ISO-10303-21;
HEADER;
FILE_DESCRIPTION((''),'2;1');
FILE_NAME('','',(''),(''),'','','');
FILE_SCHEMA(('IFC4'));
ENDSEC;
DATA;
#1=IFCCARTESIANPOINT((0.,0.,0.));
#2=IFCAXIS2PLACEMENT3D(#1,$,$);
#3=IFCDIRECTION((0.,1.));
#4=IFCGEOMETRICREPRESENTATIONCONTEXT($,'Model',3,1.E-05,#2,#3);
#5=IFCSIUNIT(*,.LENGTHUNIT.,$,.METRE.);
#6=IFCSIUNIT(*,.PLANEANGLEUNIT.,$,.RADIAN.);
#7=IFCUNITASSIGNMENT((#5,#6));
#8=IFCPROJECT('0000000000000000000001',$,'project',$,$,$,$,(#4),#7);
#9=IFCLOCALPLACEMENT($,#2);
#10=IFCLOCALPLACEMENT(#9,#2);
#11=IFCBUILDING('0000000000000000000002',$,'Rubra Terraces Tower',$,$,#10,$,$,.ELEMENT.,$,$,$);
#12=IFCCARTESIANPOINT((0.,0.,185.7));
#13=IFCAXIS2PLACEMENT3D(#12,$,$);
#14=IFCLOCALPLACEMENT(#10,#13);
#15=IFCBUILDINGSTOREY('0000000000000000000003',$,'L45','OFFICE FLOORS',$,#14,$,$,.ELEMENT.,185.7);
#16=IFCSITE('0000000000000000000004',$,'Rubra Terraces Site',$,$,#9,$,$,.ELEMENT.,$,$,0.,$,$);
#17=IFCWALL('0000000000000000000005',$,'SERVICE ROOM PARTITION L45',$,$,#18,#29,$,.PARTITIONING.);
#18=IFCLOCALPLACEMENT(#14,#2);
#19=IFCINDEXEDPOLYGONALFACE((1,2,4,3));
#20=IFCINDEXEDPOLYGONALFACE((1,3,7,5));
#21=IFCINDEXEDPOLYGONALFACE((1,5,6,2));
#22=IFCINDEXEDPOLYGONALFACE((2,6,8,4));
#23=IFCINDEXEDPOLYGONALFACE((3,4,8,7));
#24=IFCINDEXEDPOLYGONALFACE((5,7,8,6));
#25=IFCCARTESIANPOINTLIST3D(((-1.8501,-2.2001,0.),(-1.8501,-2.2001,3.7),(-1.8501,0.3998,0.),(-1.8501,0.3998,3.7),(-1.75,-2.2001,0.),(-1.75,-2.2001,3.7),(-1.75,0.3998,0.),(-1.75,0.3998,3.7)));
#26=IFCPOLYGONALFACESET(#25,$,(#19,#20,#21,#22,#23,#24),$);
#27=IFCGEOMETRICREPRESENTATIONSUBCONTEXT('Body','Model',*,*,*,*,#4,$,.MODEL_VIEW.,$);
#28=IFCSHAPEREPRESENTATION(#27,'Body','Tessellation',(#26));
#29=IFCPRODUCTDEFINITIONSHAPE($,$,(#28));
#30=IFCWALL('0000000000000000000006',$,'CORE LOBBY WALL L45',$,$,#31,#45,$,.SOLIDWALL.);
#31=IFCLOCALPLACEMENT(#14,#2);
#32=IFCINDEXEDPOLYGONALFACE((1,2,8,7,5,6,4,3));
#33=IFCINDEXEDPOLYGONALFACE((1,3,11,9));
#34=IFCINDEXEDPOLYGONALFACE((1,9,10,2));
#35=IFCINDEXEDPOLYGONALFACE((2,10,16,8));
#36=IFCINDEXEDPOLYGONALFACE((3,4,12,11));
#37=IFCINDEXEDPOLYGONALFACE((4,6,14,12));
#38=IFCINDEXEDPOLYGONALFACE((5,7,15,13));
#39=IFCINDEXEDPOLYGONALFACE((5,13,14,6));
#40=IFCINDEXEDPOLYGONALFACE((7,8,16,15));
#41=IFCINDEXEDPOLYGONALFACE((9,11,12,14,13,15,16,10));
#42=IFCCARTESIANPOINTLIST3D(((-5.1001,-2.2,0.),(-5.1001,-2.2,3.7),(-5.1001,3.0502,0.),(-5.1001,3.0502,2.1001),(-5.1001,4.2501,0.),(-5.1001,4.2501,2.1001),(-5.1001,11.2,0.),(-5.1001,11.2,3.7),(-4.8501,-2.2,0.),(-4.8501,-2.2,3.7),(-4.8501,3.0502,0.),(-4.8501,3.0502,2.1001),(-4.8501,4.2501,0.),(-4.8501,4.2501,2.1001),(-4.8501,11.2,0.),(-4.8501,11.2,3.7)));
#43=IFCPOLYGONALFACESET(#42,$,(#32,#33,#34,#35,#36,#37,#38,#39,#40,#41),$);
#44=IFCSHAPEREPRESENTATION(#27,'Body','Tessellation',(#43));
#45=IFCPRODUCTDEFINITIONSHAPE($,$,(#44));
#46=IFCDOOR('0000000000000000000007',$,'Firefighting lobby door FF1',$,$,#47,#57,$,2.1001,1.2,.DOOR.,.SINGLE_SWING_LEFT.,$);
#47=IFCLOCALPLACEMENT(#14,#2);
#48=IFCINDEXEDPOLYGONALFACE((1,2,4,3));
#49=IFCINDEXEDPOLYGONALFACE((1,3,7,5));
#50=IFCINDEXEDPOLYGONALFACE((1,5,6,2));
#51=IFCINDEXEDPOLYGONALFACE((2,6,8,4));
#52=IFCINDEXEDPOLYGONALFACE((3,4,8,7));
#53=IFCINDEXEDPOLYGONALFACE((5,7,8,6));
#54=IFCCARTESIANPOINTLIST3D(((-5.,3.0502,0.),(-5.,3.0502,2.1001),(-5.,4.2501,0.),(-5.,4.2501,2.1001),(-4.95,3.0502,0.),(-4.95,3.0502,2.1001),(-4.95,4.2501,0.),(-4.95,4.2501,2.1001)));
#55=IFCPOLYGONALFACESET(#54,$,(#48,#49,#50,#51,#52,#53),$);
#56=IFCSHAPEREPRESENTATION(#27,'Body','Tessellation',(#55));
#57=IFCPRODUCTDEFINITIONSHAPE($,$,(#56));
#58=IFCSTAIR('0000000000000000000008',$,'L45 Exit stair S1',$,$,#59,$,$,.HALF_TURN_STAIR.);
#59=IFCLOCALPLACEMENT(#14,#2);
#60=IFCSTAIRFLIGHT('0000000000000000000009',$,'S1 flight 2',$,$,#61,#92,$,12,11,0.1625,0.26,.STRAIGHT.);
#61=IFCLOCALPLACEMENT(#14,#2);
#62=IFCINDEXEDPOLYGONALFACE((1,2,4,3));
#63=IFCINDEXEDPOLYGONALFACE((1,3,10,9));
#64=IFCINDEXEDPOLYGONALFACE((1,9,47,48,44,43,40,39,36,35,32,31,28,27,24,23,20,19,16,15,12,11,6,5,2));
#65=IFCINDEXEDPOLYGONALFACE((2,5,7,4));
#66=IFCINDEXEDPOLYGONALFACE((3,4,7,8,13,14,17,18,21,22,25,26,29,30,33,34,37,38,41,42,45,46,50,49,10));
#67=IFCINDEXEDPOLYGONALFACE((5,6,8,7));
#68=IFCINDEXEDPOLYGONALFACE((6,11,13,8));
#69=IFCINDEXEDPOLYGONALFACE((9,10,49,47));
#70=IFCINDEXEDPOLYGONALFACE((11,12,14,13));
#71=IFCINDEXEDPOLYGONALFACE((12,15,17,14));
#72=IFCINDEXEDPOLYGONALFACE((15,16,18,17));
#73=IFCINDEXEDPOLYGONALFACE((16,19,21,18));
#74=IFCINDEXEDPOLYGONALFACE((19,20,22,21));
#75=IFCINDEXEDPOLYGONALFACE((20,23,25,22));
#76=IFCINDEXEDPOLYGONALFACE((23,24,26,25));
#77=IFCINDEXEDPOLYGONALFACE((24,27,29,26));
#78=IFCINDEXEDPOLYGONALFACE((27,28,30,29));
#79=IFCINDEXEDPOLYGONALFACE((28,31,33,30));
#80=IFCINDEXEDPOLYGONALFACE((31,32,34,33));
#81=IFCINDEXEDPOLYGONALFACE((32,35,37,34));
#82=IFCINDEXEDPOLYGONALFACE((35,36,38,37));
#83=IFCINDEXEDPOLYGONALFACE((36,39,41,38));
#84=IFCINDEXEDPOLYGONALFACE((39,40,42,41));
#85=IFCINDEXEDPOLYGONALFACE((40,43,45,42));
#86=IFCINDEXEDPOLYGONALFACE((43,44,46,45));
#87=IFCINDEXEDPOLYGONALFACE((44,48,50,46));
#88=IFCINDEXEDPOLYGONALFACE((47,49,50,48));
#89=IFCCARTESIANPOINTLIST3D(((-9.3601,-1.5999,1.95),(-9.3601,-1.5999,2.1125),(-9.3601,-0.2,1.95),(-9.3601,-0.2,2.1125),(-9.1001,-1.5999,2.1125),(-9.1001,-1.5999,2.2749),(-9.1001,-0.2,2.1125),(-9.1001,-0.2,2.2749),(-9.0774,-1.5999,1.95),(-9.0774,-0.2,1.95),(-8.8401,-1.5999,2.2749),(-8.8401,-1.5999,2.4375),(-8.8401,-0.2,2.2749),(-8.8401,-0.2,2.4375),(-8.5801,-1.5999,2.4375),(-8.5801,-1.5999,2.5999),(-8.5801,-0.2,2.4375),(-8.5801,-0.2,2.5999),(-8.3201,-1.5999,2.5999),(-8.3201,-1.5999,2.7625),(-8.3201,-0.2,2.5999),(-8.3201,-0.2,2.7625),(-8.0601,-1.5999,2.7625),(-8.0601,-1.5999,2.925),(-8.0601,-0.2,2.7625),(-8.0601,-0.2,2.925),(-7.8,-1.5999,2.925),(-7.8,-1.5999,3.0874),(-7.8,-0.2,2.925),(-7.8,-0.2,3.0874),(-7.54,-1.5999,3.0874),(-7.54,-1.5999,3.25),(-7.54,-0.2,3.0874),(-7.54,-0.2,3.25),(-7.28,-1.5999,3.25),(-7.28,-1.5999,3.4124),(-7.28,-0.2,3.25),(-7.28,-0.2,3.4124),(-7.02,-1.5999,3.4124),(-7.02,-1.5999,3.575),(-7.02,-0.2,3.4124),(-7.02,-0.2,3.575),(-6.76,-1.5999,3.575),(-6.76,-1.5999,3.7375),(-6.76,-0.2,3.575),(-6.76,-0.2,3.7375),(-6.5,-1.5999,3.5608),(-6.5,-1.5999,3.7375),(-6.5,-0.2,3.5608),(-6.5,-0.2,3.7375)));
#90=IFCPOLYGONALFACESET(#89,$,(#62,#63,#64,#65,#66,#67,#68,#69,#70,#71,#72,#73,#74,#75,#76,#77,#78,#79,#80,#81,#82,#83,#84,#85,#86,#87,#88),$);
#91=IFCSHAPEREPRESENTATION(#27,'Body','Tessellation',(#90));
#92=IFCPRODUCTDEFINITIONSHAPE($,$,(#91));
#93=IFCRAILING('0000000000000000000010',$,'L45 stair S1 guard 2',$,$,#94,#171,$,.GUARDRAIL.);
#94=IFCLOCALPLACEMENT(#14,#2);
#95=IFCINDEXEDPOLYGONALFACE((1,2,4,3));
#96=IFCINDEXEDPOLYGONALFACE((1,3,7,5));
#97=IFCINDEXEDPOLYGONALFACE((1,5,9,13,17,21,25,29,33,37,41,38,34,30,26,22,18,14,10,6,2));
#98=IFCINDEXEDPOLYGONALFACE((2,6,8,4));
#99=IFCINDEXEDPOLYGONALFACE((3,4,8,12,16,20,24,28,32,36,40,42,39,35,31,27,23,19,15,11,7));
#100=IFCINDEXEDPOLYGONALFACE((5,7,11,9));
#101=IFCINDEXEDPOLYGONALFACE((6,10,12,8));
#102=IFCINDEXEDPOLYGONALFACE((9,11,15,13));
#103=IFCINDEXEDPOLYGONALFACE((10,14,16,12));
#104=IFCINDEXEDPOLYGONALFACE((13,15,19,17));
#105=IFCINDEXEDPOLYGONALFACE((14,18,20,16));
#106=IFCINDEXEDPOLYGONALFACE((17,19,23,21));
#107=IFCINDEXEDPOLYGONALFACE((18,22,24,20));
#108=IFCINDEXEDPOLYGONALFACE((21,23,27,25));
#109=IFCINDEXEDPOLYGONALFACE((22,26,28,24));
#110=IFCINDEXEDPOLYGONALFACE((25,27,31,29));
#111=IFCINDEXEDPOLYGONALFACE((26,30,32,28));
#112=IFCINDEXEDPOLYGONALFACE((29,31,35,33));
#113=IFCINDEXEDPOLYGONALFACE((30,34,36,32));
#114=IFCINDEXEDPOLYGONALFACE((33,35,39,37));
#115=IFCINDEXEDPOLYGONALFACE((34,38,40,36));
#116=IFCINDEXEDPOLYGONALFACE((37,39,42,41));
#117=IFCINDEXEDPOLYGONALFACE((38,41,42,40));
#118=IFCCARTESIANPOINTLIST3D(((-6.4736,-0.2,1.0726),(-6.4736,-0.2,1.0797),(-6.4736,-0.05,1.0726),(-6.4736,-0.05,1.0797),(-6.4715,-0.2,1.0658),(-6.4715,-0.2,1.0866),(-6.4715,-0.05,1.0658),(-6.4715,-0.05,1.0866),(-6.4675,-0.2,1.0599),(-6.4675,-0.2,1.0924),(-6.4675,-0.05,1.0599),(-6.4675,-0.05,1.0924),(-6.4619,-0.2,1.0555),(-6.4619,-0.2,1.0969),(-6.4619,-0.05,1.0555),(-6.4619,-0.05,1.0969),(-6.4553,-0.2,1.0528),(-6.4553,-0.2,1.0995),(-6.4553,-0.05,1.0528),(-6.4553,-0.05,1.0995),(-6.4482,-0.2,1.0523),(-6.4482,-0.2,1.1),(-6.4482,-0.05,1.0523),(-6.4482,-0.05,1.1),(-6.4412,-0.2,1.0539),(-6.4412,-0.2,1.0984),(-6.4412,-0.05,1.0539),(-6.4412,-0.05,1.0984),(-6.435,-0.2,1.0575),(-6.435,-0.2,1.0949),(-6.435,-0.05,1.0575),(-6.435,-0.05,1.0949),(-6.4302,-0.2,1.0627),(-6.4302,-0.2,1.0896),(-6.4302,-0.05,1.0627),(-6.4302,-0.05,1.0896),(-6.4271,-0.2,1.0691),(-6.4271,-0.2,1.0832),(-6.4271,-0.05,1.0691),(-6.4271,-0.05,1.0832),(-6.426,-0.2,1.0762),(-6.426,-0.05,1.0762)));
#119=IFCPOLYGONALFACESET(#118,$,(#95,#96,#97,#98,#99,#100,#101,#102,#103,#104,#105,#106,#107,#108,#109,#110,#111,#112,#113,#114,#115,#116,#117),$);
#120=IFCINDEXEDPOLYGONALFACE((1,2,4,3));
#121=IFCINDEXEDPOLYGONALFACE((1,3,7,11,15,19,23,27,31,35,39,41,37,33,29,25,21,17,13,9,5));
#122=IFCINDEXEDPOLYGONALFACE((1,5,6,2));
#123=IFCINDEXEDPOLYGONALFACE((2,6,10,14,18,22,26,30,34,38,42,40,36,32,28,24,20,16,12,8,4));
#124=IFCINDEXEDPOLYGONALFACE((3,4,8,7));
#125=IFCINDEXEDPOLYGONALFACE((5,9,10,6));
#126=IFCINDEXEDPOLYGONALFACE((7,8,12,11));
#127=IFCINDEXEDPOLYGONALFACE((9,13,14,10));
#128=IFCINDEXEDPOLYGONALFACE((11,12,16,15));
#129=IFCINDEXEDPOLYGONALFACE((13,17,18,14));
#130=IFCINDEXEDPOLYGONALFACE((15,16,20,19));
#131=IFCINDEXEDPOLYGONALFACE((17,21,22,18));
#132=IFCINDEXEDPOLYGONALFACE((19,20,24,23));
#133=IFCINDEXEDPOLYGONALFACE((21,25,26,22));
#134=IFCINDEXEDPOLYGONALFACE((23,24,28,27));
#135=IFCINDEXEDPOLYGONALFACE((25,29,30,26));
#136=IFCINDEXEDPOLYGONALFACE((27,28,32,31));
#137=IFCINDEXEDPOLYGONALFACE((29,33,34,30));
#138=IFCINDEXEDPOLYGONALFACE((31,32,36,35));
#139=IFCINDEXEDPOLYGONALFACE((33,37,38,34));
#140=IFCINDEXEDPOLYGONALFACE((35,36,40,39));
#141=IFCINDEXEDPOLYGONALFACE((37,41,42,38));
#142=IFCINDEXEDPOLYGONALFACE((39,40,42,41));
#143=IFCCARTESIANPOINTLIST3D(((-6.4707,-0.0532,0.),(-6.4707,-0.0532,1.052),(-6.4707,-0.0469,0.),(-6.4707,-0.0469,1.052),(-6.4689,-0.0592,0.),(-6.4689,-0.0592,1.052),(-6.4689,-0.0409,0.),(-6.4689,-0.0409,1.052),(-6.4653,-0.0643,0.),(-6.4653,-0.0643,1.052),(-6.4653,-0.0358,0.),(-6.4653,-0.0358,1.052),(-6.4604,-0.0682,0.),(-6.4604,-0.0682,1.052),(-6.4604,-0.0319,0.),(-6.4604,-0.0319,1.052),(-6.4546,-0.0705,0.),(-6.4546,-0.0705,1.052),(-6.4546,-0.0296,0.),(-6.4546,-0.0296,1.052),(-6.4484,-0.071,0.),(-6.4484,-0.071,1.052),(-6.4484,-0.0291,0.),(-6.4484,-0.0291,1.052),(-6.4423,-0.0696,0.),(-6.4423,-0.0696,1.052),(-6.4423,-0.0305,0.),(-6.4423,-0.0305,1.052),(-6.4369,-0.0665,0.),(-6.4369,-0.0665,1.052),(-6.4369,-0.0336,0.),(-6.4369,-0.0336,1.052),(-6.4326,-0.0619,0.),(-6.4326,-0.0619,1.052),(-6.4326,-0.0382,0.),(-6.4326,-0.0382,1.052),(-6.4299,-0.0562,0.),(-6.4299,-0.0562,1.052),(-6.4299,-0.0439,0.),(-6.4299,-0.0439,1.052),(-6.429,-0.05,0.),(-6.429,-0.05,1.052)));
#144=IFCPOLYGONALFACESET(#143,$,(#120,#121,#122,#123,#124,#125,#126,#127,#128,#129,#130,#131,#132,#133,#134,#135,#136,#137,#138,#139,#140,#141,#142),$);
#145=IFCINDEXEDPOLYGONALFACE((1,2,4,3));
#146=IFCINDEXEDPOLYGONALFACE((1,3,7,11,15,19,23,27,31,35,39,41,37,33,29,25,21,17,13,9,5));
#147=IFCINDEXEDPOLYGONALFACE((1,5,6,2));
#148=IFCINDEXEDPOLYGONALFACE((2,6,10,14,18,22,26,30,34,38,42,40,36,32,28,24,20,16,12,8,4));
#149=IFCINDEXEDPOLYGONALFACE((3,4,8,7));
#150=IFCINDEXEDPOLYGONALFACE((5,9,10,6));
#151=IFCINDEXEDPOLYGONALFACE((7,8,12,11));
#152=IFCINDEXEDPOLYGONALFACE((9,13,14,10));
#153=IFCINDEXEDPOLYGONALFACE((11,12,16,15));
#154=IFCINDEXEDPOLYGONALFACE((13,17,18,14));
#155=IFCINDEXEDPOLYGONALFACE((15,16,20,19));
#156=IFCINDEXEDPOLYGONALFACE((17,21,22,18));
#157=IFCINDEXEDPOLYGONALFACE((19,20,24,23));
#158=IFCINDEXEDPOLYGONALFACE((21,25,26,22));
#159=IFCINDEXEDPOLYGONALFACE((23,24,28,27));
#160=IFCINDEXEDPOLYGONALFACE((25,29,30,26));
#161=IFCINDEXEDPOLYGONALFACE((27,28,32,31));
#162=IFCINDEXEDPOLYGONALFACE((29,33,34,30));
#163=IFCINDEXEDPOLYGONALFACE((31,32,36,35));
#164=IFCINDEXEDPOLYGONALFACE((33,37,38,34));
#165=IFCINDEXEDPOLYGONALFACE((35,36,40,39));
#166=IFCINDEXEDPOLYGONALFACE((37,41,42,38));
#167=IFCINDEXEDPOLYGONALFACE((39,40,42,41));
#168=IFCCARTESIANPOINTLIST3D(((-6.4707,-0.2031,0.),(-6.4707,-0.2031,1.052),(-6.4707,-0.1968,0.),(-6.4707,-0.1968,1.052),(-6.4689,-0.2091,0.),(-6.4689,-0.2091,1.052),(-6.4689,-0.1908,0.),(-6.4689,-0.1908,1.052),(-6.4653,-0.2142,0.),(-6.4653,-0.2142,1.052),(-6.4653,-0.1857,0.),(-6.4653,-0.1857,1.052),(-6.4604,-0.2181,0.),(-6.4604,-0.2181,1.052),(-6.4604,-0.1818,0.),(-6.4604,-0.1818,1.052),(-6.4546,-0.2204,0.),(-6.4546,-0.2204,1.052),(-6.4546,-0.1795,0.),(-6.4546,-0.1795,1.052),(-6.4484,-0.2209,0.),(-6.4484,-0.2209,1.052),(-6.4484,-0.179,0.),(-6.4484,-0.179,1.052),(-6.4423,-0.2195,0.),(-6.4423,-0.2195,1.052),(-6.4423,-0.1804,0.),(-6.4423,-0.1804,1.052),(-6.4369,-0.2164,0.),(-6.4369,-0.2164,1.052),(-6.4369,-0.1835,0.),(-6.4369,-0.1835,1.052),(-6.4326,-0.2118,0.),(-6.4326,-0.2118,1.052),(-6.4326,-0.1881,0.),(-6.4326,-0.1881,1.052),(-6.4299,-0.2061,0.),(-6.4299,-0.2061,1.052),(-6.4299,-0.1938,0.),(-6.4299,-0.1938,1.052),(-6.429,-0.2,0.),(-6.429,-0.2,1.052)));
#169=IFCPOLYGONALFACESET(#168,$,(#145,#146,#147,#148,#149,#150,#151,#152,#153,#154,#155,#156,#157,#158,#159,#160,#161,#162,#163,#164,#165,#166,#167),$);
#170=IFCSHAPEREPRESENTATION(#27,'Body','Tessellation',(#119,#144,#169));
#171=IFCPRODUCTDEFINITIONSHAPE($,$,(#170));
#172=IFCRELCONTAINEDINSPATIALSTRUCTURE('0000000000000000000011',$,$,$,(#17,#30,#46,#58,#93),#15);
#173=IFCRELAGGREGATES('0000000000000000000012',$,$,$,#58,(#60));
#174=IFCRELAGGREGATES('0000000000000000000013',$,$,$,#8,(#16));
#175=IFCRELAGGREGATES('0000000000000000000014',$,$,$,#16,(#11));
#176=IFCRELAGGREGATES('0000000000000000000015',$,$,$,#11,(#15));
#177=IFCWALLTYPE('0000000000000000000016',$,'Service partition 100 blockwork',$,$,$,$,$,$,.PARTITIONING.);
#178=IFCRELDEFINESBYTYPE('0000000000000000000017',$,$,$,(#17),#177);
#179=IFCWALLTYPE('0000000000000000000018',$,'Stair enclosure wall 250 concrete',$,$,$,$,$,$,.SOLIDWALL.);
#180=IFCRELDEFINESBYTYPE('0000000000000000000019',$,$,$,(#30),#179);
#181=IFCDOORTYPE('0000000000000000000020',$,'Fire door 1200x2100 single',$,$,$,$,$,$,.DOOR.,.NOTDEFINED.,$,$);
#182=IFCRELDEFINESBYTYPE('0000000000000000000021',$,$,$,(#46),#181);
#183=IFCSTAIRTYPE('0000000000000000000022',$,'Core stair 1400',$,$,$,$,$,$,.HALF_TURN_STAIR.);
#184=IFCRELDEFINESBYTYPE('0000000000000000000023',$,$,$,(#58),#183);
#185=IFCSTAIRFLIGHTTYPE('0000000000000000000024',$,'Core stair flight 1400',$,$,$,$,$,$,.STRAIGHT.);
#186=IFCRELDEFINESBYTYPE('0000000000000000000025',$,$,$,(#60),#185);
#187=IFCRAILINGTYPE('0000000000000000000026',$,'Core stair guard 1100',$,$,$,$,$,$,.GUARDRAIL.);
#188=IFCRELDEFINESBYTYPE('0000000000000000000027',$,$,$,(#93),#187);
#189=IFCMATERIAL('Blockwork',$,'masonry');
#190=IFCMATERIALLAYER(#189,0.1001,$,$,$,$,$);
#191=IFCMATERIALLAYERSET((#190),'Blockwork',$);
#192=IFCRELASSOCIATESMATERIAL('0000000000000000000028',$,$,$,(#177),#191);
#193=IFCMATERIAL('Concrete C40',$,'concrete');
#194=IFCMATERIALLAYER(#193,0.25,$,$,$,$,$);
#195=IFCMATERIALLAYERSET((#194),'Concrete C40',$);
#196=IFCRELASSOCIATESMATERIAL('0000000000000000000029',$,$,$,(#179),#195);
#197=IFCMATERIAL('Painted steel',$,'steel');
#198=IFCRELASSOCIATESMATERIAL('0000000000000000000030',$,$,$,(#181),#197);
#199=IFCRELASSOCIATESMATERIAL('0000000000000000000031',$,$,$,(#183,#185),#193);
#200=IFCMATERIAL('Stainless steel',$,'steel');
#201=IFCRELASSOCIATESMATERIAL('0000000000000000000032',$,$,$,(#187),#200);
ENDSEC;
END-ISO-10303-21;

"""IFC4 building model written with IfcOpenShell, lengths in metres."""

from ifc_helpers import new_model, si_unit, direction, frame, frame_2d, origin, origin_2d, place, context, subcontext, project, spatial, polyline, rectangle, circle, outline, extrude, material, layer, layer_set, type_object, element, fill, aggregate, save


model = new_model("IFC4")

# Units and contexts
model_context = context("Model", 3, precision=1e-05, world=origin(), true_north=direction((0.0, 1.0)))
body_context = subcontext(model_context, "Body", "Model", "MODEL_VIEW")
ifc_project = project(units=[si_unit("LENGTHUNIT", "METRE"), si_unit("PLANEANGLEUNIT", "RADIAN")], contexts=[model_context])

# Site, building, storey
site_placement = place(None, origin())
site = spatial("IfcSite", under=ifc_project, at=site_placement, Name="Rubra Terraces Site", CompositionType="ELEMENT", RefElevation=0.0)
building_placement = place(site_placement, origin())
building = spatial("IfcBuilding", under=site, at=building_placement, Name="Rubra Terraces Tower", CompositionType="ELEMENT")
storey_placement = place(building_placement, frame((0.0, 0.0, 185.7)))
storey = spatial("IfcBuildingStorey", under=building, at=storey_placement, Name="L45", Description="OFFICE FLOORS", CompositionType="ELEMENT", Elevation=185.7)

# Shared definitions
ifc_material_1 = material(Name="Painted steel", Category="steel")

# Wall
ifc_material_2 = material(Name="Concrete C40", Category="concrete")
ifc_material_3 = material(Name="Blockwork", Category="masonry")
ifc_layer_1 = layer(ifc_material_3, 0.1001)
ifc_layer_set_1 = layer_set([ifc_layer_1], Name="Blockwork")
wall_type_1 = type_object("IfcWallType", Name="Service partition 100 blockwork", PredefinedType="PARTITIONING", material=ifc_layer_set_1)
wall_1_placement = place(storey_placement, frame((-1.8, -2.2, 0.0), z_axis=(0.0, 0.0, 1.0), x_axis=(0.0, 1.0, 0.0)))
element("IfcWall", 1, at=wall_1_placement, inside=storey, type_object=wall_type_1, Name="SERVICE ROOM PARTITION L45", PredefinedType="PARTITIONING", context=body_context, shape_type="SweptSolid", body=[
    extrude(rectangle(XDim=2.5999, YDim=0.1001, at=frame_2d((1.2998, 0.0))), origin(), (0.0, 0.0, 1.0), 3.7),
])

# Wall, opening, door
ifc_layer_2 = layer(ifc_material_2, 0.25)
ifc_layer_set_2 = layer_set([ifc_layer_2], Name="Concrete C40")
wall_type_2 = type_object("IfcWallType", Name="Stair enclosure wall 250 concrete", PredefinedType="SOLIDWALL", material=ifc_layer_set_2)
wall_2_placement = place(storey_placement, frame((-4.9751, -2.2, 0.0), z_axis=(0.0, 0.0, 1.0), x_axis=(0.0, 1.0, 0.0)))
wall_2 = element("IfcWall", 2, at=wall_2_placement, inside=storey, type_object=wall_type_2, Name="CORE LOBBY WALL L45", PredefinedType="SOLIDWALL", context=body_context, shape_type="SweptSolid", body=[
    extrude(rectangle(XDim=13.3999, YDim=0.25, at=frame_2d((6.7, 0.0))), origin(), (0.0, 0.0, 1.0), 3.7),
])
opening_1_placement = place(wall_2_placement, frame((5.25, 0.0, 0.0)))
opening_1 = element("IfcOpeningElement", 3, at=opening_1_placement, cuts=wall_2, PredefinedType="OPENING", context=body_context, shape_type="SweptSolid", body=[
    extrude(rectangle(XDim=1.2, YDim=2.1001, at=frame_2d((0.6001, 1.05))), frame((0.0, 0.135, 0.0), z_axis=(0.0, -1.0, 0.0), x_axis=(1.0, 0.0, 0.0)), (0.0, 0.0, 1.0), 0.27),
])
door_type_1 = type_object("IfcDoorType", Name="Fire door 1200x2100 single", OperationType="NOTDEFINED", PredefinedType="DOOR", material=ifc_material_1)
door_1_placement = place(opening_1_placement, origin())
door_1 = element("IfcDoor", 4, at=door_1_placement, inside=storey, type_object=door_type_1, Name="Firefighting lobby door FF1", OperationType="SINGLE_SWING_LEFT", OverallHeight=2.1001, OverallWidth=1.2, PredefinedType="DOOR", context=body_context, shape_type="SweptSolid", body=[
    extrude(rectangle(XDim=1.2, YDim=2.1001, at=frame_2d((0.6001, 1.05))), frame((0.0, 0.0249, 0.0), z_axis=(0.0, -1.0, 0.0), x_axis=(1.0, 0.0, 0.0)), (0.0, 0.0, 1.0), 0.05),
])
fill(opening_1, door_1)

# Stair, stair flight
stair_type = type_object("IfcStairType", Name="Core stair 1400", PredefinedType="HALF_TURN_STAIR", material=ifc_material_2)
stair_placement = place(storey_placement, origin())
stair = element("IfcStair", 5, at=stair_placement, inside=storey, type_object=stair_type, Name="L45 Exit stair S1", PredefinedType="HALF_TURN_STAIR")
stair_flight_type = type_object("IfcStairFlightType", Name="Core stair flight 1400", PredefinedType="STRAIGHT", material=ifc_material_2)
stair_flight_placement = place(storey_placement, frame((-9.3601, -0.8999, 1.95), z_axis=(0.0, 0.0, 1.0), x_axis=(1.0, 0.0, 0.0)))
stair_flight = element("IfcStairFlight", 6, at=stair_flight_placement, type_object=stair_flight_type, Name="S1 flight 2", NumberOfRisers=12, NumberOfTreads=11, PredefinedType="STRAIGHT", RiserHeight=0.1625, TreadLength=0.26, context=body_context, shape_type="SweptSolid", body=[
    extrude(outline(polyline([(0.0, 0.0), (0.0, 0.1626), (0.26, 0.1626), (0.26, 0.325), (0.52, 0.325), (0.52, 0.4875), (0.78, 0.4875), (0.78, 0.6499), (1.04, 0.6499), (1.04, 0.8125), (1.3, 0.8125), (1.3, 0.9751), (1.5601, 0.9751), (1.5601, 1.1375), (1.8201, 1.1375), (1.8201, 1.3), (2.0801, 1.3), (2.0801, 1.4624), (2.3401, 1.4624), (2.3401, 1.625), (2.6001, 1.625), (2.6001, 1.7876), (2.8601, 1.7876), (2.8601, 1.95), (2.8601, 1.6108), (0.2827, 0.0), (0.0, 0.0)])), frame((0.0, 0.7, 0.0), z_axis=(0.0, -1.0, 0.0), x_axis=(1.0, 0.0, 0.0)), (0.0, 0.0, 1.0), 1.3999),
])
aggregate(stair, [stair_flight])

# Railing
ifc_material_4 = material(Name="Stainless steel", Category="steel")
railing_type = type_object("IfcRailingType", Name="Core stair guard 1100", PredefinedType="GUARDRAIL", material=ifc_material_4)
railing_1_placement = place(storey_placement, frame((-6.45, -0.05, 0.0)))
element("IfcRailing", 7, at=railing_1_placement, inside=storey, type_object=railing_type, Name="L45 stair S1 guard 2", PredefinedType="GUARDRAIL", context=body_context, shape_type="SweptSolid", body=[
    extrude(circle(Radius=0.0239, at=origin_2d()), frame((0.0, 0.0, 1.0762), z_axis=(0.0, -1.0, 0.0), x_axis=(1.0, 0.0, 0.0)), (0.0, 0.0, 1.0), 0.1499),
    extrude(circle(Radius=0.021, at=origin_2d()), origin(), (0.0, 0.0, 1.0), 1.052),
    extrude(circle(Radius=0.021, at=origin_2d()), frame((0.0, -0.1499, 0.0)), (0.0, 0.0, 1.0), 1.052),
])

save(model, "model.ifc")
